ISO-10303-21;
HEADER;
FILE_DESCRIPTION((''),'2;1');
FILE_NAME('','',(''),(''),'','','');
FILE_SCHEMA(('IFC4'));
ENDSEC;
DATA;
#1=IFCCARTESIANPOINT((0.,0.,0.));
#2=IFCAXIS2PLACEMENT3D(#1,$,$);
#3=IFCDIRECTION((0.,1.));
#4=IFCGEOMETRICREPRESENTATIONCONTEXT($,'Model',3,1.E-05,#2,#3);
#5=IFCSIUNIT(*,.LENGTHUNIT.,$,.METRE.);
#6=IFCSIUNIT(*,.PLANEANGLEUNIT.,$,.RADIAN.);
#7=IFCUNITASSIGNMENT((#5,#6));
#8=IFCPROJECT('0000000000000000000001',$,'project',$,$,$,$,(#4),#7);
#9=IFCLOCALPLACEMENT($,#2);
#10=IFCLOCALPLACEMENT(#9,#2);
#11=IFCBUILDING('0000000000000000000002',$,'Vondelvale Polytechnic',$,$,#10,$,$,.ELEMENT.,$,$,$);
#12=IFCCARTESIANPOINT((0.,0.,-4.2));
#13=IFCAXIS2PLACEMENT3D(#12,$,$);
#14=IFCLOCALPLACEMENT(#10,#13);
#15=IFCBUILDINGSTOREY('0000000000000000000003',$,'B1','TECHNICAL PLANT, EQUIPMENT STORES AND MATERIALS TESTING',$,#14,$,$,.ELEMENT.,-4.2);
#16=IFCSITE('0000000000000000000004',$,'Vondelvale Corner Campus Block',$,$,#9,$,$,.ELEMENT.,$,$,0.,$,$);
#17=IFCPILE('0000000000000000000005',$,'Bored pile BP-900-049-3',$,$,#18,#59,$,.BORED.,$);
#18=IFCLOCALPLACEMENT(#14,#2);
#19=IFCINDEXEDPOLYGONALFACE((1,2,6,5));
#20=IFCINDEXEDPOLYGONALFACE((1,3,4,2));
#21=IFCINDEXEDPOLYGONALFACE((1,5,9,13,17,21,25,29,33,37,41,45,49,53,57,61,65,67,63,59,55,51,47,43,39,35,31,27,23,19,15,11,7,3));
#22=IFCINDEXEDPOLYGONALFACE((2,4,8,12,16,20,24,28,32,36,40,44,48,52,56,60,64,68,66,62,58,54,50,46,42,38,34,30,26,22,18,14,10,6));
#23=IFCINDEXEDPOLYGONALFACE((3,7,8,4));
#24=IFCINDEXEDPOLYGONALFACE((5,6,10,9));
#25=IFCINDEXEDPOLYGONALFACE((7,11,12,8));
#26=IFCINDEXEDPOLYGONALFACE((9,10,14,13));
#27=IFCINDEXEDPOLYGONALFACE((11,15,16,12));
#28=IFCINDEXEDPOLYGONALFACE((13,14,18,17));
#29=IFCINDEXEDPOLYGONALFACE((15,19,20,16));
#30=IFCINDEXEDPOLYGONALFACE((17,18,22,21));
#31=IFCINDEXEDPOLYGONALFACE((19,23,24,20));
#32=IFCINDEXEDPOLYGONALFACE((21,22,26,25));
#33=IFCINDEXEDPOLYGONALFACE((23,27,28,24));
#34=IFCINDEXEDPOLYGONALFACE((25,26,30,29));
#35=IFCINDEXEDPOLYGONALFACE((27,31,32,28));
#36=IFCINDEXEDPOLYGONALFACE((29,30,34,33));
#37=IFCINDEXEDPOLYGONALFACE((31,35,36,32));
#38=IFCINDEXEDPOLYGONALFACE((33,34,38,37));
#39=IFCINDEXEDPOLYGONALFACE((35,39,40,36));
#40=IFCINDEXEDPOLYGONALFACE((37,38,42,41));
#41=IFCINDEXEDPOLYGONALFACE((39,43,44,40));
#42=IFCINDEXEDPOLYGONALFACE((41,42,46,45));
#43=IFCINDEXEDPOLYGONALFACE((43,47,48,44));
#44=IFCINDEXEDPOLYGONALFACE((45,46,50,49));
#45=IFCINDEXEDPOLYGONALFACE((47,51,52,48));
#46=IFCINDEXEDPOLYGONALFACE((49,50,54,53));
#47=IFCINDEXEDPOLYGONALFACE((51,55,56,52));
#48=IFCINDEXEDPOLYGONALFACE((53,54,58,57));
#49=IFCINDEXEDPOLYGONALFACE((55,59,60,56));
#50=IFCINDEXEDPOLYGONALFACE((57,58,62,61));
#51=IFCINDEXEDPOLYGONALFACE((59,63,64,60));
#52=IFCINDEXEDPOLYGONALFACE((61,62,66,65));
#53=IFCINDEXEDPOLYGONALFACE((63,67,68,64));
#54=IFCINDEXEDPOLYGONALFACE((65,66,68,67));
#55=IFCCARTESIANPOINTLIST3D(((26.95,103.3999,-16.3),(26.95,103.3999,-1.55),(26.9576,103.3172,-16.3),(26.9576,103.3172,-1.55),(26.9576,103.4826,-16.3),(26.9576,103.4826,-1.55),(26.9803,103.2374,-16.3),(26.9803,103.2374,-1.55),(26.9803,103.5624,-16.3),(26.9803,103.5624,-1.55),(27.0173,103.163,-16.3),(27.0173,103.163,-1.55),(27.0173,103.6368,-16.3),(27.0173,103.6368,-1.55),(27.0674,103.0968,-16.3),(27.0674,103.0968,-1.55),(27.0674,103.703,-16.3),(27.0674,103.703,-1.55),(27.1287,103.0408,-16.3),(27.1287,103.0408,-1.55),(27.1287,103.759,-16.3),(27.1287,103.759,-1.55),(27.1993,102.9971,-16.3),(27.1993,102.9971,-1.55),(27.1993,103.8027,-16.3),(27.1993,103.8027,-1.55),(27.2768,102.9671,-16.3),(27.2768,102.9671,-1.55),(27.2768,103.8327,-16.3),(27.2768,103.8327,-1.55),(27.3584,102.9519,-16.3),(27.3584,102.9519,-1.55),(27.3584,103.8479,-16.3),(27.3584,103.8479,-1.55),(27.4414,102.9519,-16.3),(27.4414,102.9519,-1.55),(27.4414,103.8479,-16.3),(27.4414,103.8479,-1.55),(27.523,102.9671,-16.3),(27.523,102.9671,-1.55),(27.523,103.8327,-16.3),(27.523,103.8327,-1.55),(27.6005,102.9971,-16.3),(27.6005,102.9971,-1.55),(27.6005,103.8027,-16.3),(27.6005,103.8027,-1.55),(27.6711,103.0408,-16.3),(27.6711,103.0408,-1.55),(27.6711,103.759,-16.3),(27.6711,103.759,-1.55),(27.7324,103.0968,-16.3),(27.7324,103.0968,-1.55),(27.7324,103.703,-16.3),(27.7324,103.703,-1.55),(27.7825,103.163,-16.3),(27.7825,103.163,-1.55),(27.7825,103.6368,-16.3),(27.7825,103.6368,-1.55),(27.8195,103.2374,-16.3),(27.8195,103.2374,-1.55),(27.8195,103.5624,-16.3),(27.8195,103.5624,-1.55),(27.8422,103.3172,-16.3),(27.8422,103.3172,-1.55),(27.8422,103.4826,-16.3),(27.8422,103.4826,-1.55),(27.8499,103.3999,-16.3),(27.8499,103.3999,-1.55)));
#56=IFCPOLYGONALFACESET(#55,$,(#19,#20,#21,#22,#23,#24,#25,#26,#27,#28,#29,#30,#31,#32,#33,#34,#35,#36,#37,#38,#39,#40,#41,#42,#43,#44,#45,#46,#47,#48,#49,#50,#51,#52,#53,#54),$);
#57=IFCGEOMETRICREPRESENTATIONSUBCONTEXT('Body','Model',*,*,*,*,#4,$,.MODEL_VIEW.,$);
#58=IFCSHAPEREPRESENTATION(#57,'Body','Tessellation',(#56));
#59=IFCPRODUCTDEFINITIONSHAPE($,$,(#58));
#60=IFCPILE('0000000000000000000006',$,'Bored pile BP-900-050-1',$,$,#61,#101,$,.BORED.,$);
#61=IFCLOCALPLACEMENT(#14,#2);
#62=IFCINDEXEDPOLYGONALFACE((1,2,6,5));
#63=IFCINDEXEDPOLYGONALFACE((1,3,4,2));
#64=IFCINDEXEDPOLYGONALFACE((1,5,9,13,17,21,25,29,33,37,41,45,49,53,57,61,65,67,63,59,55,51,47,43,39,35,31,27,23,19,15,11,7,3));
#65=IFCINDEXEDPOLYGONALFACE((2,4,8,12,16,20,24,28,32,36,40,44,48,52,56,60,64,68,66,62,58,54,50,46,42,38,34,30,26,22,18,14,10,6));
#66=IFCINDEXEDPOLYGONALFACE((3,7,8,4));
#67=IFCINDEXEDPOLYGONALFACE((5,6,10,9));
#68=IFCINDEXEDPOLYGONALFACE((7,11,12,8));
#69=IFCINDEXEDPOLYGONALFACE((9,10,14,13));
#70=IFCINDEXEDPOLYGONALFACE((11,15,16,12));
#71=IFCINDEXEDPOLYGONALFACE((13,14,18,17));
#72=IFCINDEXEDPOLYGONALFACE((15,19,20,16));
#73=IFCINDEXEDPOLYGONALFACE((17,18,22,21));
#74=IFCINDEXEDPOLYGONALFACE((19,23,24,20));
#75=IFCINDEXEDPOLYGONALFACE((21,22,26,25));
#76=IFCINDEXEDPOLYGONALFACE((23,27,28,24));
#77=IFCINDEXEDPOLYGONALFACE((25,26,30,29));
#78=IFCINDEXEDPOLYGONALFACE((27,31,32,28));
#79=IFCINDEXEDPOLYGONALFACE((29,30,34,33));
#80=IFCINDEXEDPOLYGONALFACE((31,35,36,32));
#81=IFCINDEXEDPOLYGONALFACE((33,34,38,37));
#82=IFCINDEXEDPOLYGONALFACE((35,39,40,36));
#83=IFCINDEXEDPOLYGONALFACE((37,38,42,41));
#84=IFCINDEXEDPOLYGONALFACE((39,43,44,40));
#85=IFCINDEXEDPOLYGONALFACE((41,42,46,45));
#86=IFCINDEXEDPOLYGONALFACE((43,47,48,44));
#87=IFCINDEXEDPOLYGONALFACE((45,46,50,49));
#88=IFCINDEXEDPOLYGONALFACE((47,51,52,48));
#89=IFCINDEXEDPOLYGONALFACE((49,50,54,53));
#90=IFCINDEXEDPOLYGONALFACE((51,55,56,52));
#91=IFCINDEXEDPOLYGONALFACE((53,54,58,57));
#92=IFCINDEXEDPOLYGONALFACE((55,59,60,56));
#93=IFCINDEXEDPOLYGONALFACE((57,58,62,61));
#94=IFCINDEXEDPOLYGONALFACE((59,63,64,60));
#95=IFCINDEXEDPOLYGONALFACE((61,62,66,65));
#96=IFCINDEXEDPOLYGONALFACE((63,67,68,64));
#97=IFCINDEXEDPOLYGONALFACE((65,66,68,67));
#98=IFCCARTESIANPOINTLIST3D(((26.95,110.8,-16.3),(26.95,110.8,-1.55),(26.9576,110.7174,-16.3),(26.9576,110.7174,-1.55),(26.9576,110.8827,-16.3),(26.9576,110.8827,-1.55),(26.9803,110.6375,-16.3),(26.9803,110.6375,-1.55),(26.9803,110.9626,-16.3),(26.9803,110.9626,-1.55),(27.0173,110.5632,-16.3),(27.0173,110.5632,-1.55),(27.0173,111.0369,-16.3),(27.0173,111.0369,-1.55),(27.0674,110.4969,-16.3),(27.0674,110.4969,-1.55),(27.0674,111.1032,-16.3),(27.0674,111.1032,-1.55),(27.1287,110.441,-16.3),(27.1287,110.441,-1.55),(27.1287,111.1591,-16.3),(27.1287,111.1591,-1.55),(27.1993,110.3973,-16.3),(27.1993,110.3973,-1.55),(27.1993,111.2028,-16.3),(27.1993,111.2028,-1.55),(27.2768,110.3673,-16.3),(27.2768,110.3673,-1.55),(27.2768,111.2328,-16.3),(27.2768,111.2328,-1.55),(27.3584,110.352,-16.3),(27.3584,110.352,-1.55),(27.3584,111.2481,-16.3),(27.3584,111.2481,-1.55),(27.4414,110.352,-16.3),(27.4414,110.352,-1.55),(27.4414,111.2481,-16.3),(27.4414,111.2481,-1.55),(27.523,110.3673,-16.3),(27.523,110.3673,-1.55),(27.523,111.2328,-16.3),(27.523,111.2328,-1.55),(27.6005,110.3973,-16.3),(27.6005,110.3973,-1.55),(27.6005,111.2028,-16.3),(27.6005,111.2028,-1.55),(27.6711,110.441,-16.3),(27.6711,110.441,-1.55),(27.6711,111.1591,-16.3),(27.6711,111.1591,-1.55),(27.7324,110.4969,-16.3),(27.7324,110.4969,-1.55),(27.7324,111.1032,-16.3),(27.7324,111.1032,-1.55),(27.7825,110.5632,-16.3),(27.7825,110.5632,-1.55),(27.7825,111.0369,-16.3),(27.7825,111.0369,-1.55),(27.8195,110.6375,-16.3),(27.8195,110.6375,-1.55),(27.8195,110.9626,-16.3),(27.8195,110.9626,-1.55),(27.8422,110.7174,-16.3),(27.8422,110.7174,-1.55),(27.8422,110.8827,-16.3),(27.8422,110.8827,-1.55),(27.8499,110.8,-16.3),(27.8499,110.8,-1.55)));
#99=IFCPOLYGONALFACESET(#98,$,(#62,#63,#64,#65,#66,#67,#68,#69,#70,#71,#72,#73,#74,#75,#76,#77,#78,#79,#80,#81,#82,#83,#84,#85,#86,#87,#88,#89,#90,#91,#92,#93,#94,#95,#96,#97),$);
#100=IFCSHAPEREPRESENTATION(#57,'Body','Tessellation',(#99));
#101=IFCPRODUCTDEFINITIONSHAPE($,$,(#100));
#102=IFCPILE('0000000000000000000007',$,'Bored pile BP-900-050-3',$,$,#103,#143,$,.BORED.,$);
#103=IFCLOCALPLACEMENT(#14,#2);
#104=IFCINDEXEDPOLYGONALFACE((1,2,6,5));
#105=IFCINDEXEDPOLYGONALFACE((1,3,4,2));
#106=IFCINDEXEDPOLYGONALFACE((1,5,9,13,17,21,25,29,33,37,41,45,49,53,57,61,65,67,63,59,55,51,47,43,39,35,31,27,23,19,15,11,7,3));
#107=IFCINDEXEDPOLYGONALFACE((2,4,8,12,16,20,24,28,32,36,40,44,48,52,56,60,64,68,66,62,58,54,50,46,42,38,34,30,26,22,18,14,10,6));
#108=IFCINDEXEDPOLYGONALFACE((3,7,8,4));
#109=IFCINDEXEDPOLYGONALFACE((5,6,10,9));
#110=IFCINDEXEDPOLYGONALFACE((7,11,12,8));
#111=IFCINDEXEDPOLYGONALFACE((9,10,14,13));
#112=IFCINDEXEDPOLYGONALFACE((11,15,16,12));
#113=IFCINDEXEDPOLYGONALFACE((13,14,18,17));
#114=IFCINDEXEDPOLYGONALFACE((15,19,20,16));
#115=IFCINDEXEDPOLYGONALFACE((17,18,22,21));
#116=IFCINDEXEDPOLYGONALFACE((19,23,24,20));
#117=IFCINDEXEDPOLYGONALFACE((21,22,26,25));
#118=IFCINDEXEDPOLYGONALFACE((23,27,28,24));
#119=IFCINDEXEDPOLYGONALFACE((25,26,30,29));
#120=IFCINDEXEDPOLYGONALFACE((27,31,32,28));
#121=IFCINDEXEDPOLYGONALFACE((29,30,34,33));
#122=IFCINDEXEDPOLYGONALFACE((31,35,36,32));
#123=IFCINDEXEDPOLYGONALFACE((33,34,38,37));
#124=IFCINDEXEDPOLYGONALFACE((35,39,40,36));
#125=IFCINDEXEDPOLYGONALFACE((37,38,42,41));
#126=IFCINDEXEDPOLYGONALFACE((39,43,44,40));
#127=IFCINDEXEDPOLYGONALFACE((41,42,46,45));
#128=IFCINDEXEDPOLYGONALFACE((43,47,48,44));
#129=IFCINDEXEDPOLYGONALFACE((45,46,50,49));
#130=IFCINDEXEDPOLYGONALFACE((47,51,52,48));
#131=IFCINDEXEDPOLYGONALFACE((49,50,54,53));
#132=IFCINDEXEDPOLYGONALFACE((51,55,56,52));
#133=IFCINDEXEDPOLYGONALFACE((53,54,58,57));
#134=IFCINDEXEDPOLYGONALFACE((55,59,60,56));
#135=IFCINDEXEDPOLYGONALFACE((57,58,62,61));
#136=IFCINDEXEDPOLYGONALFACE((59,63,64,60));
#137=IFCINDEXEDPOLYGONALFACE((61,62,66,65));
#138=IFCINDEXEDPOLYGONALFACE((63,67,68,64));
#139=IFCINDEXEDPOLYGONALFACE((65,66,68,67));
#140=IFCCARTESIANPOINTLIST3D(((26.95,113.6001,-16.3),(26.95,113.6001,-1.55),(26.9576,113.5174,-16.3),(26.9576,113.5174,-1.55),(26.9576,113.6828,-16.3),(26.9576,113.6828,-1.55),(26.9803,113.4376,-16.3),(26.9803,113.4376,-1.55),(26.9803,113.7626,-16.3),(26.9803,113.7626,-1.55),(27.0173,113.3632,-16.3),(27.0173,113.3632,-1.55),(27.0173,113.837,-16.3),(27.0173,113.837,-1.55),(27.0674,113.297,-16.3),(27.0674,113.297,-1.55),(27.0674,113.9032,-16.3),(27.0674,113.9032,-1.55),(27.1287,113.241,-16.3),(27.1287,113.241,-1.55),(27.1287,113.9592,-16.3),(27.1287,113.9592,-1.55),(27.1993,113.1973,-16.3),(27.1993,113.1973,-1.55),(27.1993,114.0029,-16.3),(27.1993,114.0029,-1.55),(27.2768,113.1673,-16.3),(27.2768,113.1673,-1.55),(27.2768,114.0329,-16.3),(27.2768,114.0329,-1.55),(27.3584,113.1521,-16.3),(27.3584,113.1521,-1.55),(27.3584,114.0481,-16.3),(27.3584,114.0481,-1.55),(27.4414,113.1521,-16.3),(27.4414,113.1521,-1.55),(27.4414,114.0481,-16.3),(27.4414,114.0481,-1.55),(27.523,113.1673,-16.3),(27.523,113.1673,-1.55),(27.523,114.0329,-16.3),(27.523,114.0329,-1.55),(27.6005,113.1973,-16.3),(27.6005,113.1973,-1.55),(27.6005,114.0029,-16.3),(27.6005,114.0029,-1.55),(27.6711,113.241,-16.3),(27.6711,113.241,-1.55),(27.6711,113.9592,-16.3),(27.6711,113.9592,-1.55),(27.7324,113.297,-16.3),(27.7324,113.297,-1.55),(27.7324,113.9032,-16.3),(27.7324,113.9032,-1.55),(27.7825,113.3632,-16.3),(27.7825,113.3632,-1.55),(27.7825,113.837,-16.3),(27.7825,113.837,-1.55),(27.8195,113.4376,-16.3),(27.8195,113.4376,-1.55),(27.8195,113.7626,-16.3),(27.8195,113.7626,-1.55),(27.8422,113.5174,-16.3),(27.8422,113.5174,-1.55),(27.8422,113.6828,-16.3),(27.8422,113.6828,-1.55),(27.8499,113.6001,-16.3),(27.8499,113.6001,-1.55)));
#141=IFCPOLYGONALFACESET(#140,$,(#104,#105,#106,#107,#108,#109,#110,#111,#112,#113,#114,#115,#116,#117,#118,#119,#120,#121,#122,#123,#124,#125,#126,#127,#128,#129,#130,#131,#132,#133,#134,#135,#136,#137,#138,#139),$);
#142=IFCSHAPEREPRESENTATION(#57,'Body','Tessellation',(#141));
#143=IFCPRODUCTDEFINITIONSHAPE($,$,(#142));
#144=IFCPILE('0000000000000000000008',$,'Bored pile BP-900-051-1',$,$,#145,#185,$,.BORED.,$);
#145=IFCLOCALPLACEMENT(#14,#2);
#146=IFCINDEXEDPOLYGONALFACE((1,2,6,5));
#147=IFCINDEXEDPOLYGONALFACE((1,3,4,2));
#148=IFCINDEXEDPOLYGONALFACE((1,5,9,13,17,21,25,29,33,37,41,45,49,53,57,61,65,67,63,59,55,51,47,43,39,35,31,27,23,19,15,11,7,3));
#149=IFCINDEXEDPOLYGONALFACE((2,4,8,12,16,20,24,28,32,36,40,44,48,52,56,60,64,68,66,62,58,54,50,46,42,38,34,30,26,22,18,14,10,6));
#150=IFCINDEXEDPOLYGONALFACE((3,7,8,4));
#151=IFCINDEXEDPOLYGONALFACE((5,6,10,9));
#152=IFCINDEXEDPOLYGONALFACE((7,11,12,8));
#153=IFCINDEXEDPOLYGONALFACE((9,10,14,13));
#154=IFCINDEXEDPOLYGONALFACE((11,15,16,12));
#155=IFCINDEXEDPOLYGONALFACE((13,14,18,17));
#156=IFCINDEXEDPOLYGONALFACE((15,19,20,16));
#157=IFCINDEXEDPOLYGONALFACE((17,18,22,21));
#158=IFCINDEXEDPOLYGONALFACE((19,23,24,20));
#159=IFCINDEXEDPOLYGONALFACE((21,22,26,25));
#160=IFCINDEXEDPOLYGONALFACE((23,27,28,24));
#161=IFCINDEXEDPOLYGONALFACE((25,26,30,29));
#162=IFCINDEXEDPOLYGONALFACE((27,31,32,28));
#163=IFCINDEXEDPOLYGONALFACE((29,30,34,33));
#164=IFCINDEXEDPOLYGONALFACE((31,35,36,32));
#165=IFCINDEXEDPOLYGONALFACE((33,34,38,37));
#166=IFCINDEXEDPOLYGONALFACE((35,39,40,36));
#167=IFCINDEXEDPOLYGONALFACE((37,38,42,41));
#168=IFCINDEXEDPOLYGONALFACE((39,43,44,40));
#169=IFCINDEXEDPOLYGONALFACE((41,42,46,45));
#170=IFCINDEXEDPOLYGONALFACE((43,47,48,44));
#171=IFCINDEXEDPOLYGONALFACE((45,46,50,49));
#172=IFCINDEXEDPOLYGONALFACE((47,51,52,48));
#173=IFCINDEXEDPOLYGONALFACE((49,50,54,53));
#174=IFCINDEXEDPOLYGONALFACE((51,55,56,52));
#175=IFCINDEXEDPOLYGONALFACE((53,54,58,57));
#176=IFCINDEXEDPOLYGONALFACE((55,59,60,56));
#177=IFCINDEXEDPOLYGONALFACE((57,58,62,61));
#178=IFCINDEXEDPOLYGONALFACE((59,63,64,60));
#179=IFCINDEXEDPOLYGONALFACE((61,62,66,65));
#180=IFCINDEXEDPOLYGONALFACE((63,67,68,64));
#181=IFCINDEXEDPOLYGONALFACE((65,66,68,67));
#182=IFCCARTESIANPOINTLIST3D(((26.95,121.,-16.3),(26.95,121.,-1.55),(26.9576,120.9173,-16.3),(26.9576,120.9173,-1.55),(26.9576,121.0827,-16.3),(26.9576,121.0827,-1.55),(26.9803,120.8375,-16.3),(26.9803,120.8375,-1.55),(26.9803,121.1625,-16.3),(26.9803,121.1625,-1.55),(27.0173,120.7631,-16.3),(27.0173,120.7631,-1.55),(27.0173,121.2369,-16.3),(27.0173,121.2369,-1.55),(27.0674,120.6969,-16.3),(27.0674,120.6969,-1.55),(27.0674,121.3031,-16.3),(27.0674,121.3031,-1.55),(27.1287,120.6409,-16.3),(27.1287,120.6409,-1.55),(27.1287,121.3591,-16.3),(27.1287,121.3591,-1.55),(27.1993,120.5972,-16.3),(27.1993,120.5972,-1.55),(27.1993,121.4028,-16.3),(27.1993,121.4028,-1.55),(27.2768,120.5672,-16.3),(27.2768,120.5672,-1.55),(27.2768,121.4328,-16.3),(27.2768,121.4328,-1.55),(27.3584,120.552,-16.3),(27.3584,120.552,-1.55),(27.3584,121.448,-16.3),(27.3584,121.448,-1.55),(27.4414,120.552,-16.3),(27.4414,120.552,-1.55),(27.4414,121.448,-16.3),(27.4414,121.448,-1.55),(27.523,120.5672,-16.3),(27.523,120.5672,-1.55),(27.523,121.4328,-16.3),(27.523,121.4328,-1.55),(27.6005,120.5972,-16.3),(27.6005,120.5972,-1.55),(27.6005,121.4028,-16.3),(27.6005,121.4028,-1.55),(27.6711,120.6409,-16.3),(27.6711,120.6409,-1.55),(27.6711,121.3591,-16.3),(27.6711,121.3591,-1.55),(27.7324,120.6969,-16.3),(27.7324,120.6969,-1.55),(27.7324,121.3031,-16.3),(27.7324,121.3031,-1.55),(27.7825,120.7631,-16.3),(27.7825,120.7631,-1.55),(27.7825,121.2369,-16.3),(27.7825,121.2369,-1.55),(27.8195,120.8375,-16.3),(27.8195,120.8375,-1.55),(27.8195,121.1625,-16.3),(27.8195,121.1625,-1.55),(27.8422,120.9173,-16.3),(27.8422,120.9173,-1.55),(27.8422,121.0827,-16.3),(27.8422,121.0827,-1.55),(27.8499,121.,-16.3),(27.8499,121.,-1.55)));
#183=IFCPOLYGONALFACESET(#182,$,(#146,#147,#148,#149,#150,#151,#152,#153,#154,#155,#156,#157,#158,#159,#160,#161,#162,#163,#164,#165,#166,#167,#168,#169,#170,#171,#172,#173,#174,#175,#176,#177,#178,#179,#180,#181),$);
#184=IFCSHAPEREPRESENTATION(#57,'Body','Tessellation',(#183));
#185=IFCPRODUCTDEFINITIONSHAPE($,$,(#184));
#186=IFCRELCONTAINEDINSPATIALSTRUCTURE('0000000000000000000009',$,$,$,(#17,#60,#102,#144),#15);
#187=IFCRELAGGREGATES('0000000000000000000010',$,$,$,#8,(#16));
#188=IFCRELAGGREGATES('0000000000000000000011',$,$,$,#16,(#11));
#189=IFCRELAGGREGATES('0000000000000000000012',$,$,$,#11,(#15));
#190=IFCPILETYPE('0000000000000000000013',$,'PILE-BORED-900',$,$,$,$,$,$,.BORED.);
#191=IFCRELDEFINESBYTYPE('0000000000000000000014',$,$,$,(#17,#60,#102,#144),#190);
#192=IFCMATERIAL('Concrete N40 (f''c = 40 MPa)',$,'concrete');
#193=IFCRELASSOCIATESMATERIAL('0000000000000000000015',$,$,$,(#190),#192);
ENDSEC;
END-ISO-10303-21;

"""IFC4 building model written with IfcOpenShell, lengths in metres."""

from ifc_helpers import new_model, si_unit, direction, frame, origin, origin_2d, place, context, subcontext, project, spatial, circle, extrude, material, material_profile, profile_set, type_object, element, save


model = new_model("IFC4")

# Units and contexts
model_context = context("Model", 3, precision=1e-05, world=origin(), true_north=direction((0.0, 1.0)))
body_context = subcontext(model_context, "Body", "Model", "MODEL_VIEW")
ifc_project = project(units=[si_unit("LENGTHUNIT", "METRE"), si_unit("PLANEANGLEUNIT", "RADIAN")], contexts=[model_context])

# Site, building, storey
site_placement = place(None, origin())
site = spatial("IfcSite", under=ifc_project, at=site_placement, Name="Vondelvale Corner Campus Block", CompositionType="ELEMENT", RefElevation=0.0)
building_placement = place(site_placement, origin())
building = spatial("IfcBuilding", under=site, at=building_placement, Name="Vondelvale Polytechnic", CompositionType="ELEMENT")
storey_placement = place(building_placement, frame((0.0, 0.0, -4.2)))
storey = spatial("IfcBuildingStorey", under=building, at=storey_placement, Name="B1", Description="TECHNICAL PLANT, EQUIPMENT STORES AND MATERIALS TESTING", CompositionType="ELEMENT", Elevation=-4.2)

# Shared definitions
ifc_material_1 = material(Name="Concrete N40 (f'c = 40 MPa)", Category="concrete")

# Piles
ifc_material_profile_1 = material_profile(ifc_material_1, circle(Radius=0.45, at=origin_2d()), Name="PILE-D900")
ifc_profile_set_1 = profile_set([ifc_material_profile_1], Name="Concrete N40 (f'c = 40 MPa)")
pile_type = type_object("IfcPileType", Name="PILE-BORED-900", PredefinedType="BORED", material=ifc_profile_set_1)
for number, where, z_axis, x_axis, name in (
    (1, (27.3999, 103.3999, -1.55), (0.0, 0.0, -1.0), (1.0, 0.0, 0.0), "Bored pile BP-900-049-3"),
    (2, (27.3999, 110.8, -1.55), (0.0, 0.0, -1.0), (1.0, 0.0, 0.0), "Bored pile BP-900-050-1"),
    (3, (27.3999, 113.6001, -1.55), (0.0, 0.0, -1.0), (1.0, 0.0, 0.0), "Bored pile BP-900-050-3"),
    (4, (27.3999, 121.0, -1.55), (0.0, 0.0, -1.0), (1.0, 0.0, 0.0), "Bored pile BP-900-051-1"),
):
    element("IfcPile", number, at=place(storey_placement, frame(where, z_axis=z_axis, x_axis=x_axis)), inside=storey, type_object=pile_type, Name=name, PredefinedType="BORED", context=body_context, shape_type="SweptSolid", body=[
        extrude(circle(Radius=0.45, at=origin_2d()), origin(), (0.0, 0.0, 1.0), 14.75),
    ])

save(model, "model.ifc")
